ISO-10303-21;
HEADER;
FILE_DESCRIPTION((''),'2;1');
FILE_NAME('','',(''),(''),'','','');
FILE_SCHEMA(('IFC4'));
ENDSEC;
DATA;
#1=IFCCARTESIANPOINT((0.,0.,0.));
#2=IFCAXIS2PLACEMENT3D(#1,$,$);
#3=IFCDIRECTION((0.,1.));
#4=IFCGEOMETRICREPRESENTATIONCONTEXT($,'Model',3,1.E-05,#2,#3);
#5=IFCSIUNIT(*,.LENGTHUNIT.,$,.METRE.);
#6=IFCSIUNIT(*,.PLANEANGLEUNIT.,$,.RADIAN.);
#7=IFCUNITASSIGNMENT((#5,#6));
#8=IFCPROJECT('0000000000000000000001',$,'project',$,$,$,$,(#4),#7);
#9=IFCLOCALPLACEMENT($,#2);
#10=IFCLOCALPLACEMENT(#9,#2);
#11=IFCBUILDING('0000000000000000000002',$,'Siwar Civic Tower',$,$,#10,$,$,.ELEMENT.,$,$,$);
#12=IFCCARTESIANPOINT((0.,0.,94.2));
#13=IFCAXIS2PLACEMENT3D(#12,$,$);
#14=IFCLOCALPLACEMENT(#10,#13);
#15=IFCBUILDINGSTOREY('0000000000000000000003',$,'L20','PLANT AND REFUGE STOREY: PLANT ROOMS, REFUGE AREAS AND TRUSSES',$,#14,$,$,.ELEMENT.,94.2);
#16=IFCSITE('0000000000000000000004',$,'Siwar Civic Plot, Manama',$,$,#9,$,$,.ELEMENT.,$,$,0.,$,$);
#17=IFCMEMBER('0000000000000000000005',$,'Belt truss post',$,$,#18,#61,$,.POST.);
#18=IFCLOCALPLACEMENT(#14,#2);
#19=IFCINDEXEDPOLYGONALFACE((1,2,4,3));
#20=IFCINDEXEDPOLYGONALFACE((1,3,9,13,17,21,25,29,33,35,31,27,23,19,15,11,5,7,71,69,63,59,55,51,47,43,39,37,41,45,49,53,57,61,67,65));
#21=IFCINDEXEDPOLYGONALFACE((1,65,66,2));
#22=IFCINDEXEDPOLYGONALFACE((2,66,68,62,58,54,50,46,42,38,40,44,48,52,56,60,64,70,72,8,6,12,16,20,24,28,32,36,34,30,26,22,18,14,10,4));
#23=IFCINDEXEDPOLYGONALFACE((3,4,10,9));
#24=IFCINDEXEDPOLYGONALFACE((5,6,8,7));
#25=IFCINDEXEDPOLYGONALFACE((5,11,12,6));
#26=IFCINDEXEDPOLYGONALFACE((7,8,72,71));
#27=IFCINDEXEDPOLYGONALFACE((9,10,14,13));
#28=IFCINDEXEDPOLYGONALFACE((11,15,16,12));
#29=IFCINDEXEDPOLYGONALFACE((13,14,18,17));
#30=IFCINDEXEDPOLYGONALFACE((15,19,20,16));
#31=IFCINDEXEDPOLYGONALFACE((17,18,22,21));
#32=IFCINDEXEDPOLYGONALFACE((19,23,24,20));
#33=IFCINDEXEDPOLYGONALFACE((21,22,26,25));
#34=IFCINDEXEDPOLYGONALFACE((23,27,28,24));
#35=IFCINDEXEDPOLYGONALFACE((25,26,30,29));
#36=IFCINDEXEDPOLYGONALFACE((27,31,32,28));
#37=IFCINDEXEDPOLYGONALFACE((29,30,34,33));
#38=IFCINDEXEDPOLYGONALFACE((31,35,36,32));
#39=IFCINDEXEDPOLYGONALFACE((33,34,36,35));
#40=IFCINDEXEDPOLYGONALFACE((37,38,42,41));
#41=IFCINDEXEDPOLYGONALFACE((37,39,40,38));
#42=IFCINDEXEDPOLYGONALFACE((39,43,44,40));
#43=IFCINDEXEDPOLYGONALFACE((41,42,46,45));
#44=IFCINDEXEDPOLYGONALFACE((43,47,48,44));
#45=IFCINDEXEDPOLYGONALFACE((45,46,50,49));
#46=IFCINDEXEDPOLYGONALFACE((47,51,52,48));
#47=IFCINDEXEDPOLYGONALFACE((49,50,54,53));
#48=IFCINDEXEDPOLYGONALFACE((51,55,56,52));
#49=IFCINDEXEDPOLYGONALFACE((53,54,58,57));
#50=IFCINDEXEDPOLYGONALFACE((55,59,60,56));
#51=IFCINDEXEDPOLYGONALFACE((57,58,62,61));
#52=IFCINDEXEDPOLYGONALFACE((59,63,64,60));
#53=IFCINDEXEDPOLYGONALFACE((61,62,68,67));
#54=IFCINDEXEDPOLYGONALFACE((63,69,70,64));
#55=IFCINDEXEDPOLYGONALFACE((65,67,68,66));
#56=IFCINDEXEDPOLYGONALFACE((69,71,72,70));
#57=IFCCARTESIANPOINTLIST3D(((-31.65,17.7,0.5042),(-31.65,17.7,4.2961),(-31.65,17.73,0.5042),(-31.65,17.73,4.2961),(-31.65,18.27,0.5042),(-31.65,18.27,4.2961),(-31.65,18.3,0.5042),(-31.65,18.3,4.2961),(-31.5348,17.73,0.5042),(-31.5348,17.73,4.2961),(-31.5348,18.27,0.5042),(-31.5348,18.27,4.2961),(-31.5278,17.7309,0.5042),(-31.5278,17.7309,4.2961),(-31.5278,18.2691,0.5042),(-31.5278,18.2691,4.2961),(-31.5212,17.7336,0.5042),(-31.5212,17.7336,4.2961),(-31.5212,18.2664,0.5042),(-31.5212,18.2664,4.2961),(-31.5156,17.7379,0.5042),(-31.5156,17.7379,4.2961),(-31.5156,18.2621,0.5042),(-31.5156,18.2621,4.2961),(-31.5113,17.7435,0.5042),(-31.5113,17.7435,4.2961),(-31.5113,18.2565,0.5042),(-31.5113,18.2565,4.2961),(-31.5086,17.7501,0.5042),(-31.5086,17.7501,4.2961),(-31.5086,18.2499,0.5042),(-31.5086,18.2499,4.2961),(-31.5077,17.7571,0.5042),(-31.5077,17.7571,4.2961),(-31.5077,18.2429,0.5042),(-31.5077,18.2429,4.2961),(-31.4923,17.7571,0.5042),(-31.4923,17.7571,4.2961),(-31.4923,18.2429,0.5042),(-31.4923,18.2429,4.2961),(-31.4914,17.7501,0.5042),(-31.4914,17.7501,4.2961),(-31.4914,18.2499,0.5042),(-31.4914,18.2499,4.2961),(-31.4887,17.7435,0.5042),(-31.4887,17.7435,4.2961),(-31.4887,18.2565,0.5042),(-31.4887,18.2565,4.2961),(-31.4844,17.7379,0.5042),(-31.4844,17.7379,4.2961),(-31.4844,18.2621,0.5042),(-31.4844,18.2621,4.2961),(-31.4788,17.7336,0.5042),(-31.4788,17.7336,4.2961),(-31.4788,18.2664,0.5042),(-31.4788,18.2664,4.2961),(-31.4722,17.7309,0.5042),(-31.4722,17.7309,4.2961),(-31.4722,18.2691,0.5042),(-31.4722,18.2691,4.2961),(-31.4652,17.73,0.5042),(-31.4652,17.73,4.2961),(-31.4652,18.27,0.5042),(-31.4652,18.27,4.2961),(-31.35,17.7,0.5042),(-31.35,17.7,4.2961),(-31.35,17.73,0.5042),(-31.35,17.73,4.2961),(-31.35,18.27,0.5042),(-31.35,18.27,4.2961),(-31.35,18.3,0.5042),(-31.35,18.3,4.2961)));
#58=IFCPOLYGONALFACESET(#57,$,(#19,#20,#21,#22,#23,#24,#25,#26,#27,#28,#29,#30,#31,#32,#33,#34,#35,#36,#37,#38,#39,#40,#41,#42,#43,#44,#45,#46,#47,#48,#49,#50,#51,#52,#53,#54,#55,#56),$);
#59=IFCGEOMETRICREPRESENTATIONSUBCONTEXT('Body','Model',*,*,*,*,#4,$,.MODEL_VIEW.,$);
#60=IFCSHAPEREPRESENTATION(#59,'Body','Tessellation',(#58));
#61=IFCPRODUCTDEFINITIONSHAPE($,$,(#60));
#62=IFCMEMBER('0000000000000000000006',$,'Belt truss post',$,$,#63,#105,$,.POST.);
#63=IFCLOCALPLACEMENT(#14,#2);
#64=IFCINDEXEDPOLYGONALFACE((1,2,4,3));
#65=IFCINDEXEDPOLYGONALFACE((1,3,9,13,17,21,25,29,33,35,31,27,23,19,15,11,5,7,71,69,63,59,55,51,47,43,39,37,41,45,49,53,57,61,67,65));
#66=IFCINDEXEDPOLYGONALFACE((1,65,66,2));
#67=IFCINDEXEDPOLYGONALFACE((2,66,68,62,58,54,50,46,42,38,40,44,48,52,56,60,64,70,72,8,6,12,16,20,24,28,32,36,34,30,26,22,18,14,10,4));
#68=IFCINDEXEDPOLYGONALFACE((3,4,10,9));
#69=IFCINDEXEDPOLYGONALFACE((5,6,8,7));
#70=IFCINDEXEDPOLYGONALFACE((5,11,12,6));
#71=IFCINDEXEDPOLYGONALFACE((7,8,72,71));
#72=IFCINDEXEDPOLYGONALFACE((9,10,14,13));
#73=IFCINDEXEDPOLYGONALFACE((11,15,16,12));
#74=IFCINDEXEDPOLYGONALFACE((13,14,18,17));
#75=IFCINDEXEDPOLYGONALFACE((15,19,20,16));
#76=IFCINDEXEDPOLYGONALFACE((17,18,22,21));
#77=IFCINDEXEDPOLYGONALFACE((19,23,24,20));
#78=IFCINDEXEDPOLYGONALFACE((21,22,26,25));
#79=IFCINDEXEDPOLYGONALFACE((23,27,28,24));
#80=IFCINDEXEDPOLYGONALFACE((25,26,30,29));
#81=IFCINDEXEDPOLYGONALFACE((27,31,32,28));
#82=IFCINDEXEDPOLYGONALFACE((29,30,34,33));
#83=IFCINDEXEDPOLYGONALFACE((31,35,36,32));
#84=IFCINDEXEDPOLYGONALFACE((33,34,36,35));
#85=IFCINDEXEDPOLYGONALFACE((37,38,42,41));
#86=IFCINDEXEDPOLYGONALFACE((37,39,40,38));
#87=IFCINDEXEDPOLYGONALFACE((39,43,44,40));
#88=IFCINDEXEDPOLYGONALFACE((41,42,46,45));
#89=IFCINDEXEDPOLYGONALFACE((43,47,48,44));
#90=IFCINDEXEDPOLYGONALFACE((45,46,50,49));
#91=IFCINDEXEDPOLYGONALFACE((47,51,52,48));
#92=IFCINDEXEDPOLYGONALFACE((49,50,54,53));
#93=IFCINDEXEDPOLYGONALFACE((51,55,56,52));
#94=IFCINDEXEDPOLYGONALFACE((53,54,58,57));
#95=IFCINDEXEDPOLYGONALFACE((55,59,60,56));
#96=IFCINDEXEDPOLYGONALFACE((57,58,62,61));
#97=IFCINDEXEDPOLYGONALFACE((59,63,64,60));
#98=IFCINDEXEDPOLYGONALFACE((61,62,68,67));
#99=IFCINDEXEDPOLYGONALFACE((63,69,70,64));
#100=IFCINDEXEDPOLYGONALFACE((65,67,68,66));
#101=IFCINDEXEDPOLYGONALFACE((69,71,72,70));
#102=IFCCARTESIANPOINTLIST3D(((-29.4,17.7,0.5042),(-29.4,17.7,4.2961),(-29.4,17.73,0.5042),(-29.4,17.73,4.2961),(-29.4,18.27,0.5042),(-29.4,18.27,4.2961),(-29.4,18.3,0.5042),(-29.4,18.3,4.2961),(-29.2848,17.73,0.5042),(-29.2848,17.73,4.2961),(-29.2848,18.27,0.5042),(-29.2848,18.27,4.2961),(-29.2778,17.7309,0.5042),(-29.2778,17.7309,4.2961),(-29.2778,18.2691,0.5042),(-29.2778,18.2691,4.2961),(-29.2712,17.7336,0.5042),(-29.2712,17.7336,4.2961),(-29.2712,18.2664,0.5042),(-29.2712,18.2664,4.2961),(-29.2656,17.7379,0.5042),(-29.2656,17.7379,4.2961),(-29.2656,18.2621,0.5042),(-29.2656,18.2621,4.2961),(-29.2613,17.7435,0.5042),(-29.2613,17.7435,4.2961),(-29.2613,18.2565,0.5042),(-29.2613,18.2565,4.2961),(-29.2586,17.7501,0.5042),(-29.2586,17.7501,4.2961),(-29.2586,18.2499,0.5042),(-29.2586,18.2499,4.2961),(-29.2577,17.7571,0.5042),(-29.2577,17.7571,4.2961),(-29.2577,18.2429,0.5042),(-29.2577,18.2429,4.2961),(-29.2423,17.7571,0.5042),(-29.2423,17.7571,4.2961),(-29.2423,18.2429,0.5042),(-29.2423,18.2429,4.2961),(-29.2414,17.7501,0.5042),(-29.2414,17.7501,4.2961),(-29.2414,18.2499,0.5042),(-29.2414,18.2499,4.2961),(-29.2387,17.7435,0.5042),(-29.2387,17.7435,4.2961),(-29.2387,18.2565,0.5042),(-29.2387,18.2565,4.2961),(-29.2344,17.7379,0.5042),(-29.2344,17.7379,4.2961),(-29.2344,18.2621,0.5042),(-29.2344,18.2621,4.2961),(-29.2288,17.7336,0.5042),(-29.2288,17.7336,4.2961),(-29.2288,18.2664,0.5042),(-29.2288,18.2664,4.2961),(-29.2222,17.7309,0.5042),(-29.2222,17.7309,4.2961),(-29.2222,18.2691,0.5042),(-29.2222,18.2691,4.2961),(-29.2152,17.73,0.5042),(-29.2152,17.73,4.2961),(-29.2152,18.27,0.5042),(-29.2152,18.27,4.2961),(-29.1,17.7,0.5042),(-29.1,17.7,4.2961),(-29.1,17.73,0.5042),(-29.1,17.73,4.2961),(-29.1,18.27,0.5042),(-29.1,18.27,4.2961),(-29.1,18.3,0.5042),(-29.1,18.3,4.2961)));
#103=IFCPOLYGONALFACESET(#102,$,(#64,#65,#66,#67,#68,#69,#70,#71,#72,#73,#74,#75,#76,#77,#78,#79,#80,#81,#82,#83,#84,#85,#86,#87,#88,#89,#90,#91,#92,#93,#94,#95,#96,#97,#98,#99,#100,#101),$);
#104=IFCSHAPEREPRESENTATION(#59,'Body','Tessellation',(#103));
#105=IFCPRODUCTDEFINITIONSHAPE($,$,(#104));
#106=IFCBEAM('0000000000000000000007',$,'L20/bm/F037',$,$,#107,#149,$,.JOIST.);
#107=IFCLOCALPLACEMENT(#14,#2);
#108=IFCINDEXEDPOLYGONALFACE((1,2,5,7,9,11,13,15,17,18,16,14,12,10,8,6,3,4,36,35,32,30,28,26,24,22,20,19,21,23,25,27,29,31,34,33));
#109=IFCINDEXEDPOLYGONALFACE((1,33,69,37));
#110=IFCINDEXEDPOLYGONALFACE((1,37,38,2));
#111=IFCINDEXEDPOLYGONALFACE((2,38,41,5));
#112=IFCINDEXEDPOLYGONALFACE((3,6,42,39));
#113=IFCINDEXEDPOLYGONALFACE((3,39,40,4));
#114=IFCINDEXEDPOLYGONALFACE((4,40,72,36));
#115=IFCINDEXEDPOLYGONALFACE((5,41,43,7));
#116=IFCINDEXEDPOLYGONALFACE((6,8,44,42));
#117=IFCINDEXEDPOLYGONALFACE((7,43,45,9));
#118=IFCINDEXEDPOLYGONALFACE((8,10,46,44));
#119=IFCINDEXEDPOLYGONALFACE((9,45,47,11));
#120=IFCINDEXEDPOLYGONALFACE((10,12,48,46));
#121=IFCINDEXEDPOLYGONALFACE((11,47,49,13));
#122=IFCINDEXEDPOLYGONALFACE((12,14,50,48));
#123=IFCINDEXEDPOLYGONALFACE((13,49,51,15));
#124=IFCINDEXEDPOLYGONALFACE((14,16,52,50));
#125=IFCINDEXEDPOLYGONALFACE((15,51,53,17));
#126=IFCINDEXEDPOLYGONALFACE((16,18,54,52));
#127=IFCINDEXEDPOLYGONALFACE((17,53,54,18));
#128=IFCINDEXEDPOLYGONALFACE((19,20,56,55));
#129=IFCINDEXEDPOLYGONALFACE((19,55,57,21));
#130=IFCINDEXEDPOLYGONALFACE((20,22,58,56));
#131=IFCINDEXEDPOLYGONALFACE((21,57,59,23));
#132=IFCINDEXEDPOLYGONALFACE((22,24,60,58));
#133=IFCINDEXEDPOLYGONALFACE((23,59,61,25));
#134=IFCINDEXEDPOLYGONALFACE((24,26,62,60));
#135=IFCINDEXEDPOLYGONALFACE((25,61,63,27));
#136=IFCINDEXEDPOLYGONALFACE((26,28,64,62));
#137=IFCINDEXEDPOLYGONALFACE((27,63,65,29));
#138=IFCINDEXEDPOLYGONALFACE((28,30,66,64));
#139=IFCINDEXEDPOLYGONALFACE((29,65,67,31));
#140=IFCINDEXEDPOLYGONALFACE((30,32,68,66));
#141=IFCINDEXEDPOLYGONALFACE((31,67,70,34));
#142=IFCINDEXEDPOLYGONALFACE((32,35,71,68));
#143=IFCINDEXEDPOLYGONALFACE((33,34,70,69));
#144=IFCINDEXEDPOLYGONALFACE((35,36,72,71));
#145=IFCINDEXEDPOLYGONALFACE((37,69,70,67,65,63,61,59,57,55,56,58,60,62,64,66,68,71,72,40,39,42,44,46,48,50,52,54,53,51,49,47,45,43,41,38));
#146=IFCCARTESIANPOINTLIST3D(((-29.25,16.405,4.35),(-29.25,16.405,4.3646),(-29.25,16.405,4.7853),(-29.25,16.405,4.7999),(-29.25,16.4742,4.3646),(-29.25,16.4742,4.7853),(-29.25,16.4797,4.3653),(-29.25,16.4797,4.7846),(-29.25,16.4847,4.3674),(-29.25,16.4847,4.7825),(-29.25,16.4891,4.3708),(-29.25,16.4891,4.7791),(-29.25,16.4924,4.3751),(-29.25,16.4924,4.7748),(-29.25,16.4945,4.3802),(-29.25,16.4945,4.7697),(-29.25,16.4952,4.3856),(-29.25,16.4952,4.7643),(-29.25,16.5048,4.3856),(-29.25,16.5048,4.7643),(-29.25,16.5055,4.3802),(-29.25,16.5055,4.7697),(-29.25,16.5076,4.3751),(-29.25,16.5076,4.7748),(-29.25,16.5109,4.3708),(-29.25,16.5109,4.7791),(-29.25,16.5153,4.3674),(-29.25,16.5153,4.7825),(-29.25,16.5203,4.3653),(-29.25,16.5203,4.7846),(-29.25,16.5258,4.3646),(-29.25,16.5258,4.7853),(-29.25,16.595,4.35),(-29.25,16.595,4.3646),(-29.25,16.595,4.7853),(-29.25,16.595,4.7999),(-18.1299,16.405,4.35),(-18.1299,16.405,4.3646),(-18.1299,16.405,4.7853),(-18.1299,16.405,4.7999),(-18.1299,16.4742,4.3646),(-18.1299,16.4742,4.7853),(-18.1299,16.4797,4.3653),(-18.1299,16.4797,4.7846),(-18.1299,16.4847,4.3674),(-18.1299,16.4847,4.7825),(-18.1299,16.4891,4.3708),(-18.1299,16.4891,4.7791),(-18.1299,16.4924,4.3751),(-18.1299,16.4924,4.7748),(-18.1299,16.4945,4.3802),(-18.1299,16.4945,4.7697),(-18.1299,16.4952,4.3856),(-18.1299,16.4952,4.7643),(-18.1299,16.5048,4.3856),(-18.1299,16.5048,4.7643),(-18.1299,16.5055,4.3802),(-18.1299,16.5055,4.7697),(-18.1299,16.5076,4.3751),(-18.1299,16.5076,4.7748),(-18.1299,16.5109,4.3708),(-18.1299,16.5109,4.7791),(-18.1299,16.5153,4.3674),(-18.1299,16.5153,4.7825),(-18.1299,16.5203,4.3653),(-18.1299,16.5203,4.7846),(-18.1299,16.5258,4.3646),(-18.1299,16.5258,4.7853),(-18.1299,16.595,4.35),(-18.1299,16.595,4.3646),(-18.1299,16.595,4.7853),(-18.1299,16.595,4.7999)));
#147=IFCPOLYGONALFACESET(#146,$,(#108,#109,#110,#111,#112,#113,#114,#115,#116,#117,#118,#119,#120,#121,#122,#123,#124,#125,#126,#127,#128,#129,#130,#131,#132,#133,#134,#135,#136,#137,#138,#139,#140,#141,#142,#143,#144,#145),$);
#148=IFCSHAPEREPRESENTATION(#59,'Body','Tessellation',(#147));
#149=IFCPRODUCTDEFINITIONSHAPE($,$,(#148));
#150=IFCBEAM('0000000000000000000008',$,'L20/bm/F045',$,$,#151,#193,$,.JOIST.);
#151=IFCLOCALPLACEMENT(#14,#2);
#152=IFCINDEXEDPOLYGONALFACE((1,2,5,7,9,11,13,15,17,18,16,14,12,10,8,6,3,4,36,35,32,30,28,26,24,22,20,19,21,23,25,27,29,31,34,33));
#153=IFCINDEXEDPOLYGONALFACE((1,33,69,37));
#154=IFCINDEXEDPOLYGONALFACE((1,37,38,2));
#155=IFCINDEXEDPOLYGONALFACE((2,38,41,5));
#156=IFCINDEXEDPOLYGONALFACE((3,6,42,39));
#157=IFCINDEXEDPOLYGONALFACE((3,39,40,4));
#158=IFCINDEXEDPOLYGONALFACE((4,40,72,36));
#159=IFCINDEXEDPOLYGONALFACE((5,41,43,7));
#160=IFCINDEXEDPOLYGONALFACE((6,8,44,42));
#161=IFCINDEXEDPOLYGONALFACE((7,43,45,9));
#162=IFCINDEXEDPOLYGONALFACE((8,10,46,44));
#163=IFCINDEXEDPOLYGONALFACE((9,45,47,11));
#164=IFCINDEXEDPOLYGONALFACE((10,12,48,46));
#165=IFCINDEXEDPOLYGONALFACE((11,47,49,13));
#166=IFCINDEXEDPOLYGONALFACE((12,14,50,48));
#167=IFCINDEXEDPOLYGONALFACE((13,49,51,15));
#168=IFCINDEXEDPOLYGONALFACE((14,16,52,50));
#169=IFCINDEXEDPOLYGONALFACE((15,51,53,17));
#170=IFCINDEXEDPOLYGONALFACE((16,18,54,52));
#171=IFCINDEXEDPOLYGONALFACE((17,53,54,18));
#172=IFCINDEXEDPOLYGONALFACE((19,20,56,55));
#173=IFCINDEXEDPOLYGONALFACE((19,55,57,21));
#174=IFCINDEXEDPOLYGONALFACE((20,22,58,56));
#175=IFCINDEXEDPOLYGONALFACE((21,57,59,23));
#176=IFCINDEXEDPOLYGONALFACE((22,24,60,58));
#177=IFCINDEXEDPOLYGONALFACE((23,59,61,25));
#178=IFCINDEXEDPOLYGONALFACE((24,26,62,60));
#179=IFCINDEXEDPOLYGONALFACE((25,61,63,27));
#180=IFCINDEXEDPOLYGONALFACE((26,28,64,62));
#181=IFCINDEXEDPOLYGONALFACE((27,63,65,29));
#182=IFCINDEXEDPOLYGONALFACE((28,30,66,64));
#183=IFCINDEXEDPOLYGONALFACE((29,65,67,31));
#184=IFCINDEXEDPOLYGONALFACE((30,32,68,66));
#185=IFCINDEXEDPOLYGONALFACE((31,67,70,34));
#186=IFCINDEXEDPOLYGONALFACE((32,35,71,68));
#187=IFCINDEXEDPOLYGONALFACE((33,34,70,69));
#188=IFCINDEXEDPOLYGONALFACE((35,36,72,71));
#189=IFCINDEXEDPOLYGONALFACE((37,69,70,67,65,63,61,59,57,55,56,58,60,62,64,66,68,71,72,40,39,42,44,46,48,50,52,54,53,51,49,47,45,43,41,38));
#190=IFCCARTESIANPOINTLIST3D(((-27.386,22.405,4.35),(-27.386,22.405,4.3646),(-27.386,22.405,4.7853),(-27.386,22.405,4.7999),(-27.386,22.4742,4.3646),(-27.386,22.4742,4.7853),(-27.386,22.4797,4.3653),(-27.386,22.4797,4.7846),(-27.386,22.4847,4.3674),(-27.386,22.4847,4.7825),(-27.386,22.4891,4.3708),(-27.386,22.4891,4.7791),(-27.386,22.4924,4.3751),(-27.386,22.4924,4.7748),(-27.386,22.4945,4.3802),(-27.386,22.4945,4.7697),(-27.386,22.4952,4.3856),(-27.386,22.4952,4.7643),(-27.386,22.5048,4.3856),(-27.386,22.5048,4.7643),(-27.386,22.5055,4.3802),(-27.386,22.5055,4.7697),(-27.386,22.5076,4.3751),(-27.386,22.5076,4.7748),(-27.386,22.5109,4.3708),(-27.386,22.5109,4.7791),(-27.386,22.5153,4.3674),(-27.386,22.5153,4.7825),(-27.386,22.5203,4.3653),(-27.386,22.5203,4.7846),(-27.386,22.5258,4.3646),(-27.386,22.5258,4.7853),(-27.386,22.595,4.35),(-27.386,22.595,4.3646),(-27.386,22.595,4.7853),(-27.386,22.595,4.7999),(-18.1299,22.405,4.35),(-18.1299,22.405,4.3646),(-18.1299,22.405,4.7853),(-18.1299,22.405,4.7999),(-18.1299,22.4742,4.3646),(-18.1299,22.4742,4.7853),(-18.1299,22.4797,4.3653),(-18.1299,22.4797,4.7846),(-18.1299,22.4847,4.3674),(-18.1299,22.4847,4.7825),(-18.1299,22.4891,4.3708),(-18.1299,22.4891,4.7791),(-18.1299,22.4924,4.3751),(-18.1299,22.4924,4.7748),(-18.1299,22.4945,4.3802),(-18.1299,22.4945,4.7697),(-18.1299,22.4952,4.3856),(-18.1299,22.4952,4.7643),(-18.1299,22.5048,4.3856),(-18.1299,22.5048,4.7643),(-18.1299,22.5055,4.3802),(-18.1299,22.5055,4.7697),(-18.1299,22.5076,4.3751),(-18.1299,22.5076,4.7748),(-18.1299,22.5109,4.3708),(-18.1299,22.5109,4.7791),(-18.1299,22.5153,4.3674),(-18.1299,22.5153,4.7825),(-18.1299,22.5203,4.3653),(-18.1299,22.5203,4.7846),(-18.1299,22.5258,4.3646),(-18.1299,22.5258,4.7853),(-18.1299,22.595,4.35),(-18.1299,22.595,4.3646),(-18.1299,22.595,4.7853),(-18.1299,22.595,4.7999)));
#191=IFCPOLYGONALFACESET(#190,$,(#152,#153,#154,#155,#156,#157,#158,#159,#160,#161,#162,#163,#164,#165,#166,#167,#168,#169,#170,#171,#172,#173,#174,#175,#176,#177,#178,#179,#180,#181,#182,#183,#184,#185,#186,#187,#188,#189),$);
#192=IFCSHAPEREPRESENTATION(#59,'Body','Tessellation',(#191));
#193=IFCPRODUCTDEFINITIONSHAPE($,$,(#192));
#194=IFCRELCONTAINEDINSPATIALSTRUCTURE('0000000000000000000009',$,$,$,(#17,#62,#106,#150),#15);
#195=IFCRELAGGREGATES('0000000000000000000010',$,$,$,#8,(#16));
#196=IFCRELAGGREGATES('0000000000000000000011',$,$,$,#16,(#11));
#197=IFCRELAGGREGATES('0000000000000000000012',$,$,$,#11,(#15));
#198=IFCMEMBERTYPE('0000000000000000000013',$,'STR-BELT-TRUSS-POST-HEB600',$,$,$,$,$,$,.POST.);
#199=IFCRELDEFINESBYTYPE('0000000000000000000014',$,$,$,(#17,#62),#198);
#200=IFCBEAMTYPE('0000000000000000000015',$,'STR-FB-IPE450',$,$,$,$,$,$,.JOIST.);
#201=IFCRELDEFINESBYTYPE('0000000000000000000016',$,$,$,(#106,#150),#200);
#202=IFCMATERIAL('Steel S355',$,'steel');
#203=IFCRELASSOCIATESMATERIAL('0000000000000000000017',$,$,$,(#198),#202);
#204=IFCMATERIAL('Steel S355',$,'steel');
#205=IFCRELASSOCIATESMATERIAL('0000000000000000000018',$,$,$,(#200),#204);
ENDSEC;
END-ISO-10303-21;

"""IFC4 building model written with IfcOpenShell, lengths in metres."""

from ifc_helpers import new_model, si_unit, direction, frame, origin, origin_2d, place, context, subcontext, project, spatial, i_section, extrude, material, material_profile, profile_set, type_object, element, save


model = new_model("IFC4")

# Units and contexts
model_context = context("Model", 3, precision=1e-05, world=origin(), true_north=direction((0.0, 1.0)))
body_context = subcontext(model_context, "Body", "Model", "MODEL_VIEW")
ifc_project = project(units=[si_unit("LENGTHUNIT", "METRE"), si_unit("PLANEANGLEUNIT", "RADIAN")], contexts=[model_context])

# Site, building, storey
site_placement = place(None, origin())
site = spatial("IfcSite", under=ifc_project, at=site_placement, Name="Siwar Civic Plot, Manama", CompositionType="ELEMENT", RefElevation=0.0)
building_placement = place(site_placement, origin())
building = spatial("IfcBuilding", under=site, at=building_placement, Name="Siwar Civic Tower", CompositionType="ELEMENT")
storey_placement = place(building_placement, frame((0.0, 0.0, 94.2)))
storey = spatial("IfcBuildingStorey", under=building, at=storey_placement, Name="L20", Description="PLANT AND REFUGE STOREY: PLANT ROOMS, REFUGE AREAS AND TRUSSES", CompositionType="ELEMENT", Elevation=94.2)

# Members
ifc_material_1 = material(Name="Steel S355", Category="steel")
ifc_material_profile_1 = material_profile(ifc_material_1, i_section(OverallWidth=0.3, OverallDepth=0.6001, WebThickness=0.0154, FlangeThickness=0.03, FilletRadius=0.0271, at=origin_2d()), Name="HEB600")
ifc_profile_set_1 = profile_set([ifc_material_profile_1], Name="Steel S355")
member_type_1 = type_object("IfcMemberType", Name="STR-BELT-TRUSS-POST-HEB600", PredefinedType="POST", material=ifc_profile_set_1)
for number, where, z_axis, x_axis, name in (
    (1, (-31.5, 18.0, 0.5042), (0.0, 0.0, 1.0), (1.0, 0.0, 0.0), "Belt truss post"),
    (2, (-29.25, 18.0, 0.5042), (0.0, 0.0, 1.0), (1.0, 0.0, 0.0), "Belt truss post"),
):
    element("IfcMember", number, at=place(storey_placement, frame(where, z_axis=z_axis, x_axis=x_axis)), inside=storey, type_object=member_type_1, Name=name, PredefinedType="POST", context=body_context, shape_type="SweptSolid", body=[
        extrude(i_section(OverallWidth=0.3, OverallDepth=0.6001, WebThickness=0.0154, FlangeThickness=0.03, FilletRadius=0.0271, at=origin_2d()), origin(), (0.0, 0.0, 1.0), 3.792),
    ])

# Beams
ifc_material_2 = material(Name="Steel S355", Category="steel")
ifc_material_profile_2 = material_profile(ifc_material_2, i_section(OverallWidth=0.1899, OverallDepth=0.45, WebThickness=0.0095, FlangeThickness=0.0146, FilletRadius=0.021, at=origin_2d()), Name="IPE450")
ifc_profile_set_2 = profile_set([ifc_material_profile_2], Name="Steel S355")
beam_type_1 = type_object("IfcBeamType", Name="STR-FB-IPE450", PredefinedType="JOIST", material=ifc_profile_set_2)
beam_1_placement = place(storey_placement, frame((-29.25, 16.5, 4.575), z_axis=(1.0, 0.0, 0.0), x_axis=(0.0, 1.0, 0.0)))
element("IfcBeam", 3, at=beam_1_placement, inside=storey, type_object=beam_type_1, Name="L20/bm/F037", PredefinedType="JOIST", context=body_context, shape_type="SweptSolid", body=[
    extrude(i_section(OverallWidth=0.1899, OverallDepth=0.45, WebThickness=0.0095, FlangeThickness=0.0146, FilletRadius=0.021, at=origin_2d()), origin(), (0.0, 0.0, 1.0), 11.1201),
])
beam_2_placement = place(storey_placement, frame((-27.386, 22.5, 4.575), z_axis=(1.0, 0.0, 0.0), x_axis=(0.0, 1.0, 0.0)))
element("IfcBeam", 4, at=beam_2_placement, inside=storey, type_object=beam_type_1, Name="L20/bm/F045", PredefinedType="JOIST", context=body_context, shape_type="SweptSolid", body=[
    extrude(i_section(OverallWidth=0.1899, OverallDepth=0.45, WebThickness=0.0095, FlangeThickness=0.0146, FilletRadius=0.021, at=origin_2d()), origin(), (0.0, 0.0, 1.0), 9.2561),
])

save(model, "model.ifc")
